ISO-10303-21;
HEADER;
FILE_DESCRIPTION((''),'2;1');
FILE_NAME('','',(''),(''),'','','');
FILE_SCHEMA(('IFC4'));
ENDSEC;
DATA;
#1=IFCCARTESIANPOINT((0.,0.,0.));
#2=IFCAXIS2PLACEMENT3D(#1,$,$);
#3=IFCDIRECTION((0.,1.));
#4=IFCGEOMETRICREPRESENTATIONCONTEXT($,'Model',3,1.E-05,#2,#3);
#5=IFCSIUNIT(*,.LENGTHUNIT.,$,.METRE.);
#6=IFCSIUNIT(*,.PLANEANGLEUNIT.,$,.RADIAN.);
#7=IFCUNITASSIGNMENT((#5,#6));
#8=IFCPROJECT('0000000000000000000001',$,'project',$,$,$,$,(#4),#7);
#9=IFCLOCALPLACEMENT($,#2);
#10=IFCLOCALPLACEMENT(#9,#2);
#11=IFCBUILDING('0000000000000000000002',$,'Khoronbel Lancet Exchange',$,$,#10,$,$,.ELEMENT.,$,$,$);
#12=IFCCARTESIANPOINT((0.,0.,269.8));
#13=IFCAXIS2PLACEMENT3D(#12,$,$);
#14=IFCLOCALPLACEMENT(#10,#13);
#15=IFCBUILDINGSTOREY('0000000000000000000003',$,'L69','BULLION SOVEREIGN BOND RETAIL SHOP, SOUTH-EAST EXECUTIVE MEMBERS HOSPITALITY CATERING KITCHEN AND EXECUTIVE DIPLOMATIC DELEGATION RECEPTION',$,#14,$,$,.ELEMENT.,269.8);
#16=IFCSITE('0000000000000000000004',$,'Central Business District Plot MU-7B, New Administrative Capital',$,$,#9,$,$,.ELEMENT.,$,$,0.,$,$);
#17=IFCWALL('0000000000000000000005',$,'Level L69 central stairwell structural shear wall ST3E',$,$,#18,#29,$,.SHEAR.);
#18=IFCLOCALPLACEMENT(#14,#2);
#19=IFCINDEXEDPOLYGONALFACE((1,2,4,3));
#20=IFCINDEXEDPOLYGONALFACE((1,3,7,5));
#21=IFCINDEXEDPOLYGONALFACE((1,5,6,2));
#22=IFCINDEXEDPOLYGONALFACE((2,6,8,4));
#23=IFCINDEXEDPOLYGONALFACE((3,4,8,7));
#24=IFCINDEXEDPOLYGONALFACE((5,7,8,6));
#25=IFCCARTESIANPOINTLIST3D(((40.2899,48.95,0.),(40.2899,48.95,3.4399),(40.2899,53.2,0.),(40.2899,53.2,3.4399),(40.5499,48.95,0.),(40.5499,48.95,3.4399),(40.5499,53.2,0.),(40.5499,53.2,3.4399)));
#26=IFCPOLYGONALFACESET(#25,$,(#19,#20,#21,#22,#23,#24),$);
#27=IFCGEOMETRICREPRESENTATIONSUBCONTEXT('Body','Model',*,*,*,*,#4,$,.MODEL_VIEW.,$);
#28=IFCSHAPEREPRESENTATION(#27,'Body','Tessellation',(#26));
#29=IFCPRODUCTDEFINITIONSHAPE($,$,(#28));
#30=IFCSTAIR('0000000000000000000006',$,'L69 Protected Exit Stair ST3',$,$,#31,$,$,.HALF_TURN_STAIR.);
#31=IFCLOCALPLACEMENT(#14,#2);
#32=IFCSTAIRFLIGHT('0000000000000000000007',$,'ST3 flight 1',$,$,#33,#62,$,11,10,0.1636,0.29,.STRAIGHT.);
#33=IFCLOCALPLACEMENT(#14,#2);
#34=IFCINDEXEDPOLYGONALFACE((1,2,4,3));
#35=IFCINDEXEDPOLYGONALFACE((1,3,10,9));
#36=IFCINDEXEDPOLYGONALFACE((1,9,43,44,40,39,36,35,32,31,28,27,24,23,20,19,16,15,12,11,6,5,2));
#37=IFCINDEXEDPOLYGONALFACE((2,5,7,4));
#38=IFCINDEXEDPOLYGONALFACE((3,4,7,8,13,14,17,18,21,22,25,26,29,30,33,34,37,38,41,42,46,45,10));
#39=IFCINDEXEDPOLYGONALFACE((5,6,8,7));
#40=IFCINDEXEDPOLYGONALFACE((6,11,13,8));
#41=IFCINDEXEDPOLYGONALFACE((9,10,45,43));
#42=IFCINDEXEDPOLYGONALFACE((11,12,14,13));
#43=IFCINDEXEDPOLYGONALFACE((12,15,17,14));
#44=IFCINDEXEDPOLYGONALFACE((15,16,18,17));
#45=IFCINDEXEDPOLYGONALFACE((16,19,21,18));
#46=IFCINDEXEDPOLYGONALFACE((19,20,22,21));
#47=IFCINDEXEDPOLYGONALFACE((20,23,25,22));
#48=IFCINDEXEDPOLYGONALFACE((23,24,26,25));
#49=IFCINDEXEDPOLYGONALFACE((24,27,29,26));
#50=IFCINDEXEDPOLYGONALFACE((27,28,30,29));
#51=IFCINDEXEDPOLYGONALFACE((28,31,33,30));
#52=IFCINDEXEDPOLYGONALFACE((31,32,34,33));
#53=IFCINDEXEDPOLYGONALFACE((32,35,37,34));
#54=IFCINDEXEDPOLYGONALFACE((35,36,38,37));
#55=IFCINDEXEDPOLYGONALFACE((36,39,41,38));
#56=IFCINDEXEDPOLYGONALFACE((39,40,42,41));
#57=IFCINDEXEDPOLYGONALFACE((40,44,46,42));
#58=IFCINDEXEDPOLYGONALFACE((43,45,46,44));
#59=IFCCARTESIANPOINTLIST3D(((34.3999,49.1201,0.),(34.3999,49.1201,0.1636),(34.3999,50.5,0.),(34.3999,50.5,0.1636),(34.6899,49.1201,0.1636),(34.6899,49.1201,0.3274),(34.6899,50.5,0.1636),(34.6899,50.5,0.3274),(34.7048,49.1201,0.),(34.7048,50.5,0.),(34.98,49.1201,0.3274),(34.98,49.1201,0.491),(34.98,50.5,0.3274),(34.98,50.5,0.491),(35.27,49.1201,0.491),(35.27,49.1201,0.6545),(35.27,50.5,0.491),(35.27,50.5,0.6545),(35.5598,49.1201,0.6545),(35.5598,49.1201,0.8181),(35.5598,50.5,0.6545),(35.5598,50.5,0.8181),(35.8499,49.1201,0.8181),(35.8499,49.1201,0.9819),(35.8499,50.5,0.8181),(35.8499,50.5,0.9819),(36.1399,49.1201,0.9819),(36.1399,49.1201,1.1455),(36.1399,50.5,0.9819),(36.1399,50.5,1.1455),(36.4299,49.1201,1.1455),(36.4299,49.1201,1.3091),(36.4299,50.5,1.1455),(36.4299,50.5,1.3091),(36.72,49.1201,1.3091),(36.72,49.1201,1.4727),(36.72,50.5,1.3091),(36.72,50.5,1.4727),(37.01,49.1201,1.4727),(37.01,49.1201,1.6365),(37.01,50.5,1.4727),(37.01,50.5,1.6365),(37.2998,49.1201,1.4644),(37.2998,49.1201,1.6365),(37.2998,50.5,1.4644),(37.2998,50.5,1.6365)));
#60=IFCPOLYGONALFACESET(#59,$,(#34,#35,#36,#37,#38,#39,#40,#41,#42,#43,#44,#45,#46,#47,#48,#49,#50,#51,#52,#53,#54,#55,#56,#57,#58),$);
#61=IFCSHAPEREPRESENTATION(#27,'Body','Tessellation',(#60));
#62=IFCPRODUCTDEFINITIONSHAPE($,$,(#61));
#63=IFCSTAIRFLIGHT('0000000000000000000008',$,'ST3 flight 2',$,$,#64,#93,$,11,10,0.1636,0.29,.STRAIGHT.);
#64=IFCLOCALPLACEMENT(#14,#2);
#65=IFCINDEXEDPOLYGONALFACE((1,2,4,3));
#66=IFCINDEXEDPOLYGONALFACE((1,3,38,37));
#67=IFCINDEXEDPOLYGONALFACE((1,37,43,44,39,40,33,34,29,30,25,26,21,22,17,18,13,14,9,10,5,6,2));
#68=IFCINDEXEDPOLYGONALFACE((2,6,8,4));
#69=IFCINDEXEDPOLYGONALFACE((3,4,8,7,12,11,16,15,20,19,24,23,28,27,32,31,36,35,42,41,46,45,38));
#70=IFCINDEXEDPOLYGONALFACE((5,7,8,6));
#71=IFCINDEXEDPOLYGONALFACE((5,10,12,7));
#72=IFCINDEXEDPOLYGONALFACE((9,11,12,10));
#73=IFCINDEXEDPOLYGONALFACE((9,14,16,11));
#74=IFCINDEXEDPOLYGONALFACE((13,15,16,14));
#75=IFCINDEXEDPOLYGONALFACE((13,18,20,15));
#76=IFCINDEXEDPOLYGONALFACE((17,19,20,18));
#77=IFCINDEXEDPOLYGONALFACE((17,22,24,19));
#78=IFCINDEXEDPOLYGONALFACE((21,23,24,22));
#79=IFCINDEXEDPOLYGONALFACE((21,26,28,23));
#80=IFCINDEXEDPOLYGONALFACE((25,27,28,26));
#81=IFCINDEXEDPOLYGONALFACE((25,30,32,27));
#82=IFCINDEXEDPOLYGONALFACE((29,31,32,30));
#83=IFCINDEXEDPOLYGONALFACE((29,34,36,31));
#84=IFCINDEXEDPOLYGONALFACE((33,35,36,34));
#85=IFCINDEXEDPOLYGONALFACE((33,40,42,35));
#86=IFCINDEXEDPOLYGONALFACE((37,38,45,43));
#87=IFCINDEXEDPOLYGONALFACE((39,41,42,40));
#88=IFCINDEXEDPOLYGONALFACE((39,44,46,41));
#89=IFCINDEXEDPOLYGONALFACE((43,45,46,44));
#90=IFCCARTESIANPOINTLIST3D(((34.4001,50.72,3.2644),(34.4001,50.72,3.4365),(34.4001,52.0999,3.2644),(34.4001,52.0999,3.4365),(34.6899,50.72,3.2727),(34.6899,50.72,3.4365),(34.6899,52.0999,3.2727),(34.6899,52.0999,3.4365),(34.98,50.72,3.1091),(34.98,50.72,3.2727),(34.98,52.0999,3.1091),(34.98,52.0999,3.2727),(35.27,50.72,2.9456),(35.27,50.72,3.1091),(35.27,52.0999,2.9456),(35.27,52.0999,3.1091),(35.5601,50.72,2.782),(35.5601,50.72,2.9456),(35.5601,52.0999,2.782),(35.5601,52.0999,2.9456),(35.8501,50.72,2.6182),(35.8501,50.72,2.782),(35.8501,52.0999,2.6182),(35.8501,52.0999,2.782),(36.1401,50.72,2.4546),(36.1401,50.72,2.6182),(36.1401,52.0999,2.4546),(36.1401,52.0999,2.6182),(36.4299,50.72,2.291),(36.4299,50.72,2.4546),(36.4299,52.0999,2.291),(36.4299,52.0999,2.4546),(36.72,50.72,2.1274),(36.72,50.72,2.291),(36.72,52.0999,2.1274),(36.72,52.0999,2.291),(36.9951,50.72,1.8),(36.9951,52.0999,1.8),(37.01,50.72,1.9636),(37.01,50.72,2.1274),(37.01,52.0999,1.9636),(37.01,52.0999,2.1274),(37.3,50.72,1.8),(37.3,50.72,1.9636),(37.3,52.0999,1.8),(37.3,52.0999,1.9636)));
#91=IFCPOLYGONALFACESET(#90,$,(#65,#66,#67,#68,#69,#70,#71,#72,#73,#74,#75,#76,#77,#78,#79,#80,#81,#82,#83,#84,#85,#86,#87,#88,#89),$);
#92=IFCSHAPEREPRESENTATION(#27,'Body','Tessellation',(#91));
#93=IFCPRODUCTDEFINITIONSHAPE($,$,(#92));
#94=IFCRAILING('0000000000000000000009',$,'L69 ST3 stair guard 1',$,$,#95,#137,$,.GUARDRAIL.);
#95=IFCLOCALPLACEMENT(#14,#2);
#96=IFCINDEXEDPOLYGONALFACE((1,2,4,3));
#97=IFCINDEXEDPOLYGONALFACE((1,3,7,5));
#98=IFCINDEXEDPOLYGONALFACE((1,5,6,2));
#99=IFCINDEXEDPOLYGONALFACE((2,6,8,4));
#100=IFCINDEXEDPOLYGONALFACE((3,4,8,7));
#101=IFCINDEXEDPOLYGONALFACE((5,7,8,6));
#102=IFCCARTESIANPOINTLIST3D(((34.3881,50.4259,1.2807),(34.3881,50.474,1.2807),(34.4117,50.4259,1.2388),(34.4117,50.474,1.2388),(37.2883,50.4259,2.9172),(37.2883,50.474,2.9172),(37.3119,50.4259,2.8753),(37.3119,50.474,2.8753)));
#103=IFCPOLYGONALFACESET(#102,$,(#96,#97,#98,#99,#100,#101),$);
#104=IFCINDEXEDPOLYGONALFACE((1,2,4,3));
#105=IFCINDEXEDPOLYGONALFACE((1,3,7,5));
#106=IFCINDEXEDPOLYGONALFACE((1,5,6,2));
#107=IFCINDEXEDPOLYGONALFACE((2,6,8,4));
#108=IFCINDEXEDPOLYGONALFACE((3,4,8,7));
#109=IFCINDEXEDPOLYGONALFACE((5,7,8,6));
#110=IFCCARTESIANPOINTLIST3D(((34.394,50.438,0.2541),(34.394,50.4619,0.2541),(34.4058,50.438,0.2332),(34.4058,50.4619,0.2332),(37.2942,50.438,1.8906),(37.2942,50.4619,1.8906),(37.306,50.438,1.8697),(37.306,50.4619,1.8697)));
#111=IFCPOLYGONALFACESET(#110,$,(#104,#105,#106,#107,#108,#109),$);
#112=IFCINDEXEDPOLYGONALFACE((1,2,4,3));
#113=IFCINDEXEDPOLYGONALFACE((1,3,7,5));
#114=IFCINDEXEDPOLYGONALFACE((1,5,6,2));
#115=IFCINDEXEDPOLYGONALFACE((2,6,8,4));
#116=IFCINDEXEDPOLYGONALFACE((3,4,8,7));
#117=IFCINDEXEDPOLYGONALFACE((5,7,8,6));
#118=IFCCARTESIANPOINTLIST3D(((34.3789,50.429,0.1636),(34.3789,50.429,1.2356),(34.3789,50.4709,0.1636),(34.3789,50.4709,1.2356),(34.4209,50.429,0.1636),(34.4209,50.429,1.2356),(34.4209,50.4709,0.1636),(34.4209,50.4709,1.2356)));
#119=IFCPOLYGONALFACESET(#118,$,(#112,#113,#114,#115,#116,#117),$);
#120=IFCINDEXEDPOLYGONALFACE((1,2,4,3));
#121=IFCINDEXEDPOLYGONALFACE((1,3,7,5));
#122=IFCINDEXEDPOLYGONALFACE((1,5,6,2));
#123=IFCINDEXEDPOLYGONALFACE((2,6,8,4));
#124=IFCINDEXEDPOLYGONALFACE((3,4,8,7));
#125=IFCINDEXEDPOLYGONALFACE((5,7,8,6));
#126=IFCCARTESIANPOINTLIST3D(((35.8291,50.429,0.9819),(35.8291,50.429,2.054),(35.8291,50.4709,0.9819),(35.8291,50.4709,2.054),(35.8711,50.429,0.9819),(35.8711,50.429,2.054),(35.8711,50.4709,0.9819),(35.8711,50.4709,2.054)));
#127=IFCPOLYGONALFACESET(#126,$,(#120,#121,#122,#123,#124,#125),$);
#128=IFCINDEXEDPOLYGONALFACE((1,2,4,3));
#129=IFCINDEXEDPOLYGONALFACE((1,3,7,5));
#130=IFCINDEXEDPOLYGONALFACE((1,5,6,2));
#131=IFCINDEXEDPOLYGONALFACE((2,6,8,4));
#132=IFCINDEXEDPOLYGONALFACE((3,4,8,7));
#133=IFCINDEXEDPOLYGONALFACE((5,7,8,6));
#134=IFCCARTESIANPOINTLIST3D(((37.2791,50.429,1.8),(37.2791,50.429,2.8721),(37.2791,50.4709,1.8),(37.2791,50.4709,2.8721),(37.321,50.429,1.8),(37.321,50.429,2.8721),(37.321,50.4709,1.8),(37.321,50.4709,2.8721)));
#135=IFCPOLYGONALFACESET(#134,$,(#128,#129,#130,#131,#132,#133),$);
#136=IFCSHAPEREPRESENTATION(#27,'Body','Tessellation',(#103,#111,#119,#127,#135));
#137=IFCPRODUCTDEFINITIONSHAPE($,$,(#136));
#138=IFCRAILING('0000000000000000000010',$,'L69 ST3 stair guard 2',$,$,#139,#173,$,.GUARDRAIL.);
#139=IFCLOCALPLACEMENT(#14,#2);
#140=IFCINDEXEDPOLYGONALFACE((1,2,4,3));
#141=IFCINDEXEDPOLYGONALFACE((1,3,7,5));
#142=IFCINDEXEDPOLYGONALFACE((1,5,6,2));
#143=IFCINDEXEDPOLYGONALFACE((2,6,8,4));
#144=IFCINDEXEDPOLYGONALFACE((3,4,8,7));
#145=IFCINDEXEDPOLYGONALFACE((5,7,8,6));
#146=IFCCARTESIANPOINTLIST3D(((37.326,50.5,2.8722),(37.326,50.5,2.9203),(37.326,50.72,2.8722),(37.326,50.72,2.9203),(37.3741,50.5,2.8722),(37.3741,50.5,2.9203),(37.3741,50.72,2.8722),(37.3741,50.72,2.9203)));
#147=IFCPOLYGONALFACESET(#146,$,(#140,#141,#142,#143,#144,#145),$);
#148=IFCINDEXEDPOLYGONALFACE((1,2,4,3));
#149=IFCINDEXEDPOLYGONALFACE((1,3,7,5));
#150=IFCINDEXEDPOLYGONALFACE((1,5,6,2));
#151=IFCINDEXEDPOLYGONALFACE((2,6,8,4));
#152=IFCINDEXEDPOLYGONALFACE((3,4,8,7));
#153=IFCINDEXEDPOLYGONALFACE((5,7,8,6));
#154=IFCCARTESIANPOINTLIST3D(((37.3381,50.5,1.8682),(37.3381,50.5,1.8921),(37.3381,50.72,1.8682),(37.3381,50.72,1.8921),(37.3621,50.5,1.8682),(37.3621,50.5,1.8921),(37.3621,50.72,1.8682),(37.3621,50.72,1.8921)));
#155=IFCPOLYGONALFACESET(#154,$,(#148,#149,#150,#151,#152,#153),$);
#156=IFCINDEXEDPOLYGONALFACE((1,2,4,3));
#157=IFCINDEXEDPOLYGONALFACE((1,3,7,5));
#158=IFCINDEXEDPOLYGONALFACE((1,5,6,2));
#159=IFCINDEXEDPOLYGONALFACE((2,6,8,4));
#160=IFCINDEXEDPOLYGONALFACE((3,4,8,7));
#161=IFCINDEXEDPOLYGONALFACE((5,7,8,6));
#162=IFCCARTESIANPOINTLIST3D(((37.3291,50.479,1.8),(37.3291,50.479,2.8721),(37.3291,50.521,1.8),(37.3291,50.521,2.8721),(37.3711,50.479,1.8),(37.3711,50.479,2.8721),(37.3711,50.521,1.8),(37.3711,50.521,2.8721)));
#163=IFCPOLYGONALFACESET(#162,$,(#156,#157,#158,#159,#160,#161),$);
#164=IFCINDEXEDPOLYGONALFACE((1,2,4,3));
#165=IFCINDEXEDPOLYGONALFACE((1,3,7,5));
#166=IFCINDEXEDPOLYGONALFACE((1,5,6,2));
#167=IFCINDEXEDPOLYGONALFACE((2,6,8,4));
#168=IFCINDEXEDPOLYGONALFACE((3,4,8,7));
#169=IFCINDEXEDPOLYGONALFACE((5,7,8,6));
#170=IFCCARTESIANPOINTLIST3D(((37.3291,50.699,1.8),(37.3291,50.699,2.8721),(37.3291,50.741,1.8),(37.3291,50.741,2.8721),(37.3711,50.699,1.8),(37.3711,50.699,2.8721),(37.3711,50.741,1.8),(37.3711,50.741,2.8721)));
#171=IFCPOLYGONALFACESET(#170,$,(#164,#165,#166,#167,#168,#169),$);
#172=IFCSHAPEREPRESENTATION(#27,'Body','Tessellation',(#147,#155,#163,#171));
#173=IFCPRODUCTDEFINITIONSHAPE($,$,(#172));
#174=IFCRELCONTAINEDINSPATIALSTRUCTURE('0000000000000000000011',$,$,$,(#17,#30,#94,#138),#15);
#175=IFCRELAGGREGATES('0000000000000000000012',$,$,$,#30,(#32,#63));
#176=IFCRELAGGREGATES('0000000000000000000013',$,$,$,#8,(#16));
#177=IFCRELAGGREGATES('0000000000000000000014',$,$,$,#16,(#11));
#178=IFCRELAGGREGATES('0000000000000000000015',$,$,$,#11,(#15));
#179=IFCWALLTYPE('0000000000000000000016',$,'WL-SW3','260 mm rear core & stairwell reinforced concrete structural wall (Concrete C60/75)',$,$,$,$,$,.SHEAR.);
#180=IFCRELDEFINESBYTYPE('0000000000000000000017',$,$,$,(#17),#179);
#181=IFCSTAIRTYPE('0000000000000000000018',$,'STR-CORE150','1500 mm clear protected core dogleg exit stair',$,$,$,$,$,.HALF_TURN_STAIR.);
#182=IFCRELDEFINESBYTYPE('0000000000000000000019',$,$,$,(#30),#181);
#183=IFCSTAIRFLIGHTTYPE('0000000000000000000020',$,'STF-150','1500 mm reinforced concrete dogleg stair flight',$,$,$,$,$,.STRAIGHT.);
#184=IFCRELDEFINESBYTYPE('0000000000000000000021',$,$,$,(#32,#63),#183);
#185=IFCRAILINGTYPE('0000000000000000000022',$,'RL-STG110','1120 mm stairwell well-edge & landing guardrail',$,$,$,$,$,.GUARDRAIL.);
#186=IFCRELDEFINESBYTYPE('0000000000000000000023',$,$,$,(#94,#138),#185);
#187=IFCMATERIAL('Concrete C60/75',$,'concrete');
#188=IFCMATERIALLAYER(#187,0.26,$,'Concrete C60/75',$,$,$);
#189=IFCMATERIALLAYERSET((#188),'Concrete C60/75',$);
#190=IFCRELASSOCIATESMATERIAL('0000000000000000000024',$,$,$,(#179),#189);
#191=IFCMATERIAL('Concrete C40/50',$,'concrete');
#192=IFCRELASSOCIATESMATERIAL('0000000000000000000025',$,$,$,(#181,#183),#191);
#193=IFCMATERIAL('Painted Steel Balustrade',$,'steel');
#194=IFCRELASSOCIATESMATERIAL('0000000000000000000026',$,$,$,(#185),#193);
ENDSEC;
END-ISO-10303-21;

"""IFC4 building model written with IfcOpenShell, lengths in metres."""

from ifc_helpers import new_model, si_unit, direction, frame, frame_2d, origin, origin_2d, place, context, subcontext, project, spatial, polyline, rectangle, outline, extrude, material, layer, layer_set, type_object, element, aggregate, save


model = new_model("IFC4")

# Units and contexts
model_context = context("Model", 3, precision=1e-05, world=origin(), true_north=direction((0.0, 1.0)))
body_context = subcontext(model_context, "Body", "Model", "MODEL_VIEW")
ifc_project = project(units=[si_unit("LENGTHUNIT", "METRE"), si_unit("PLANEANGLEUNIT", "RADIAN")], contexts=[model_context])

# Site, building, storey
site_placement = place(None, origin())
site = spatial("IfcSite", under=ifc_project, at=site_placement, Name="Central Business District Plot MU-7B, New Administrative Capital", CompositionType="ELEMENT", RefElevation=0.0)
building_placement = place(site_placement, origin())
building = spatial("IfcBuilding", under=site, at=building_placement, Name="Khoronbel Lancet Exchange", CompositionType="ELEMENT")
storey_placement = place(building_placement, frame((0.0, 0.0, 269.8)))
storey = spatial("IfcBuildingStorey", under=building, at=storey_placement, Name="L69", Description="BULLION SOVEREIGN BOND RETAIL SHOP, SOUTH-EAST EXECUTIVE MEMBERS HOSPITALITY CATERING KITCHEN AND EXECUTIVE DIPLOMATIC DELEGATION RECEPTION", CompositionType="ELEMENT", Elevation=269.8)

# Shared definitions
ifc_material_1 = material(Name="Concrete C60/75", Category="concrete")

# Wall
ifc_layer_1 = layer(ifc_material_1, 0.26, Name="Concrete C60/75")
ifc_layer_set_1 = layer_set([ifc_layer_1], Name="Concrete C60/75")
wall_type_1 = type_object("IfcWallType", Name="WL-SW3", Description="260 mm rear core & stairwell reinforced concrete structural wall (Concrete C60/75)", PredefinedType="SHEAR", material=ifc_layer_set_1)
wall_1_placement = place(storey_placement, frame((40.4199, 48.95, 0.0), z_axis=(0.0, 0.0, 1.0), x_axis=(0.0, 1.0, 0.0)))
element("IfcWall", 1, at=wall_1_placement, inside=storey, type_object=wall_type_1, Name="Level L69 central stairwell structural shear wall ST3E", PredefinedType="SHEAR", context=body_context, shape_type="SweptSolid", body=[
    extrude(rectangle(XDim=4.25, YDim=0.26, at=frame_2d((2.125, 0.0))), origin(), (0.0, 0.0, 1.0), 3.4399),
])

# Stair, stair flights
ifc_material_2 = material(Name="Concrete C40/50", Category="concrete")
stair_type = type_object("IfcStairType", Name="STR-CORE150", Description="1500 mm clear protected core dogleg exit stair", PredefinedType="HALF_TURN_STAIR", material=ifc_material_2)
stair_placement = place(storey_placement, origin())
stair = element("IfcStair", 2, at=stair_placement, inside=storey, type_object=stair_type, Name="L69 Protected Exit Stair ST3", PredefinedType="HALF_TURN_STAIR")
stair_flight_type = type_object("IfcStairFlightType", Name="STF-150", Description="1500 mm reinforced concrete dogleg stair flight", PredefinedType="STRAIGHT", material=ifc_material_2)
stair_flight_1_placement = place(storey_placement, frame((34.3999, 49.8101, 0.0), z_axis=(0.0, 0.0, 1.0), x_axis=(1.0, 0.0, 0.0)))
stair_flight_1 = element("IfcStairFlight", 3, at=stair_flight_1_placement, type_object=stair_flight_type, Name="ST3 flight 1", NumberOfRisers=11, NumberOfTreads=10, PredefinedType="STRAIGHT", RiserHeight=0.1636, TreadLength=0.29, context=body_context, shape_type="SweptSolid", body=[
    extrude(outline(polyline([(0.0, 0.0), (0.0, 0.1636), (0.29, 0.1636), (0.29, 0.3274), (0.5801, 0.3274), (0.5801, 0.491), (0.8701, 0.491), (0.8701, 0.6545), (1.1599, 0.6545), (1.1599, 0.8181), (1.45, 0.8181), (1.45, 0.9819), (1.74, 0.9819), (1.74, 1.1455), (2.03, 1.1455), (2.03, 1.3091), (2.3201, 1.3091), (2.3201, 1.4727), (2.6101, 1.4727), (2.6101, 1.6365), (2.8999, 1.6365), (2.8999, 1.8), (2.8999, 1.4644), (0.3049, 0.0), (0.0, 0.0)])), frame((0.0, 0.6899, 0.0), z_axis=(0.0, -1.0, 0.0), x_axis=(1.0, 0.0, 0.0)), (0.0, 0.0, 1.0), 1.3799),
])
stair_flight_2_placement = place(storey_placement, frame((37.3, 51.4099, 1.8), z_axis=(0.0, 0.0, 1.0), x_axis=(-1.0, 0.0, 0.0)))
stair_flight_2 = element("IfcStairFlight", 4, at=stair_flight_2_placement, type_object=stair_flight_type, Name="ST3 flight 2", NumberOfRisers=11, NumberOfTreads=10, PredefinedType="STRAIGHT", RiserHeight=0.1636, TreadLength=0.29, context=body_context, shape_type="SweptSolid", body=[
    extrude(outline(polyline([(0.0, 0.0), (0.0, 0.1636), (0.29, 0.1636), (0.29, 0.3274), (0.5801, 0.3274), (0.5801, 0.491), (0.8701, 0.491), (0.8701, 0.6545), (1.1599, 0.6545), (1.1599, 0.8181), (1.45, 0.8181), (1.45, 0.9819), (1.74, 0.9819), (1.74, 1.1455), (2.03, 1.1455), (2.03, 1.3091), (2.3201, 1.3091), (2.3201, 1.4727), (2.6101, 1.4727), (2.6101, 1.6365), (2.8999, 1.6365), (2.8999, 1.8), (2.8999, 1.4644), (0.3049, 0.0), (0.0, 0.0)])), frame((0.0, 0.6899, 0.0), z_axis=(0.0, -1.0, 0.0), x_axis=(1.0, 0.0, 0.0)), (0.0, 0.0, 1.0), 1.3799),
])
aggregate(stair, [stair_flight_1, stair_flight_2])

# Railings
ifc_material_3 = material(Name="Painted Steel Balustrade", Category="steel")
railing_type_1 = type_object("IfcRailingType", Name="RL-STG110", Description="1120 mm stairwell well-edge & landing guardrail", PredefinedType="GUARDRAIL", material=ifc_material_3)
railing_1_placement = place(storey_placement, frame((34.3999, 50.45, 0.1636)))
element("IfcRailing", 5, at=railing_1_placement, inside=storey, type_object=railing_type_1, Name="L69 ST3 stair guard 1", PredefinedType="GUARDRAIL", context=body_context, shape_type="SweptSolid", body=[
    extrude(rectangle(XDim=0.0481, YDim=0.0481, at=origin_2d()), frame((0.0, 0.0, 1.0962), z_axis=(0.870915, 0.0, 0.491434), x_axis=(0.0, 1.0, 0.0)), (0.0, 0.0, 1.0), 3.3301),
    extrude(rectangle(XDim=0.0239, YDim=0.0239, at=origin_2d()), frame((0.0, 0.0, 0.0801), z_axis=(0.870915, 0.0, 0.491434), x_axis=(0.0, 1.0, 0.0)), (0.0, 0.0, 1.0), 3.3301),
    extrude(rectangle(XDim=0.042, YDim=0.042, at=origin_2d()), origin(), (0.0, 0.0, 1.0), 1.072),
    extrude(rectangle(XDim=0.042, YDim=0.042, at=origin_2d()), frame((1.4502, 0.0, 0.8184)), (0.0, 0.0, 1.0), 1.072),
    extrude(rectangle(XDim=0.042, YDim=0.042, at=origin_2d()), frame((2.9001, 0.0, 1.6365)), (0.0, 0.0, 1.0), 1.072),
])
railing_2_placement = place(storey_placement, frame((37.3501, 50.5, 1.8)))
element("IfcRailing", 6, at=railing_2_placement, inside=storey, type_object=railing_type_1, Name="L69 ST3 stair guard 2", PredefinedType="GUARDRAIL", context=body_context, shape_type="SweptSolid", body=[
    extrude(rectangle(XDim=0.0481, YDim=0.0481, at=origin_2d()), frame((0.0, 0.0, 1.0962), z_axis=(0.0, 1.0, 0.0), x_axis=(-1.0, 0.0, 0.0)), (0.0, 0.0, 1.0), 0.22),
    extrude(rectangle(XDim=0.0239, YDim=0.0239, at=origin_2d()), frame((0.0, 0.0, 0.0801), z_axis=(0.0, 1.0, 0.0), x_axis=(-1.0, 0.0, 0.0)), (0.0, 0.0, 1.0), 0.22),
    extrude(rectangle(XDim=0.042, YDim=0.042, at=origin_2d()), origin(), (0.0, 0.0, 1.0), 1.072),
    extrude(rectangle(XDim=0.042, YDim=0.042, at=origin_2d()), frame((0.0, 0.22, 0.0)), (0.0, 0.0, 1.0), 1.072),
])

save(model, "model.ifc")
